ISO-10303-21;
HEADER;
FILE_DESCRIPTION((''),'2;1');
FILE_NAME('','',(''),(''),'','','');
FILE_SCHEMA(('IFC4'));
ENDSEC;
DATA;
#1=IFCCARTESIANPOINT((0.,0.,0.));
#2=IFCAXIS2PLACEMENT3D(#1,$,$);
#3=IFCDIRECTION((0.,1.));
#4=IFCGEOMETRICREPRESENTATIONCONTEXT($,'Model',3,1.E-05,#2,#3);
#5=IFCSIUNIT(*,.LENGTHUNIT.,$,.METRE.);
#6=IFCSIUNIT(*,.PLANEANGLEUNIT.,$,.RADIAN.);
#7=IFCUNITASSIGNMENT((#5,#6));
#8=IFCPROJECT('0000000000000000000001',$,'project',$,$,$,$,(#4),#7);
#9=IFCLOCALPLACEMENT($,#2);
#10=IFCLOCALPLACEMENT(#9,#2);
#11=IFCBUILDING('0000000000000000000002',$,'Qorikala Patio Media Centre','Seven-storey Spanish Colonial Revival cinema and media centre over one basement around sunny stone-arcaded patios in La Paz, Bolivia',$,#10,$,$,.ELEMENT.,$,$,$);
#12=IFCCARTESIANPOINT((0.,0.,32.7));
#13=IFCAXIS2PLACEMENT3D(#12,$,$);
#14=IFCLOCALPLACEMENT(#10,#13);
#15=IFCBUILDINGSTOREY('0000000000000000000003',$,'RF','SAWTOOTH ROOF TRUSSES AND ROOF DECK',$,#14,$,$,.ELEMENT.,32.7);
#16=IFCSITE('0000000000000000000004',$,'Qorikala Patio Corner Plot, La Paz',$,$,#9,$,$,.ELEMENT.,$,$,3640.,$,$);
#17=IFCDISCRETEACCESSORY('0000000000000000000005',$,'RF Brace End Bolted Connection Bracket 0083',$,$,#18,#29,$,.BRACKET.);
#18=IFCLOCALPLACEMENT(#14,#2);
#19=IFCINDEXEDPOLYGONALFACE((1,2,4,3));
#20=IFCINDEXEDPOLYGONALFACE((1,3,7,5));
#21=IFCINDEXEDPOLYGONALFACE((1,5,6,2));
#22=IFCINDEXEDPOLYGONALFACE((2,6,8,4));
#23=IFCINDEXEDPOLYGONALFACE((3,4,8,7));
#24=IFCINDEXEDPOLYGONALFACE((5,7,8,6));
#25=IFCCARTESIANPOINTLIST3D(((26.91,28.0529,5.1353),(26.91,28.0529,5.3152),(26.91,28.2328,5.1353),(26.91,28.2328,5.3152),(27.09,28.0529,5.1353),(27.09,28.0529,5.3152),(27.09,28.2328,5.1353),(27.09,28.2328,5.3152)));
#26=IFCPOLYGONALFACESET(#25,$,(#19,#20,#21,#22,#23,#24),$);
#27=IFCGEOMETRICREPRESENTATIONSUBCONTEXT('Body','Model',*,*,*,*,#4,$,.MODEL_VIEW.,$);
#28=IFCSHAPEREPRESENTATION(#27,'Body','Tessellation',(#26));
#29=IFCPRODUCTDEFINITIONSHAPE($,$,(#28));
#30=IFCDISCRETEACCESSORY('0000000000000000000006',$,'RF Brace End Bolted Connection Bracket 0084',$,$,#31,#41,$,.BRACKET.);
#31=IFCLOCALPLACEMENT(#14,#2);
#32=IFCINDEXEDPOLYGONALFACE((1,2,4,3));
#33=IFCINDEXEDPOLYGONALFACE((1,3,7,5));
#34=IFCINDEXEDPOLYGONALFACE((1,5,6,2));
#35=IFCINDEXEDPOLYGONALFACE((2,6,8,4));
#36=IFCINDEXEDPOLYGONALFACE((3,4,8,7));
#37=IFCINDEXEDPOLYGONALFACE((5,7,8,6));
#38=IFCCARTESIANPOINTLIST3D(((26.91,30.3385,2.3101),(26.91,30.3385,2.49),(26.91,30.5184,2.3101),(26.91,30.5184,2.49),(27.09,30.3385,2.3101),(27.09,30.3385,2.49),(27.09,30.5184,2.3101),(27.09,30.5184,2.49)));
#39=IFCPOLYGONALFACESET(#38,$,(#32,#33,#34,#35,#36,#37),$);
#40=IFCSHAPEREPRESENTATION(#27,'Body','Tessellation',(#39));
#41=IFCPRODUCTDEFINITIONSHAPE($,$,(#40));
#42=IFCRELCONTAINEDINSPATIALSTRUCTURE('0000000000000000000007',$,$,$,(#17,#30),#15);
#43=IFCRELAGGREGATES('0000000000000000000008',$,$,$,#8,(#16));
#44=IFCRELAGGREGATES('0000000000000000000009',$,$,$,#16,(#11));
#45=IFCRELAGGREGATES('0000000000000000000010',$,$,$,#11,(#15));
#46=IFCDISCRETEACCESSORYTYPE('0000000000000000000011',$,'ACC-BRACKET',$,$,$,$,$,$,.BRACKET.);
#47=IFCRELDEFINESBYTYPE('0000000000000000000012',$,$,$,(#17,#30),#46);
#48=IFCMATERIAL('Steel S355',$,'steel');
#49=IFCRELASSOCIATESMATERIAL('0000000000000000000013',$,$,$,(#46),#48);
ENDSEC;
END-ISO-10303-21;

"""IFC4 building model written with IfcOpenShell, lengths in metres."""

from ifc_helpers import new_model, si_unit, direction, frame, origin, origin_2d, place, context, subcontext, project, spatial, rectangle, extrude, material, type_object, element, save


model = new_model("IFC4")

# Units and contexts
model_context = context("Model", 3, precision=1e-05, world=origin(), true_north=direction((0.0, 1.0)))
body_context = subcontext(model_context, "Body", "Model", "MODEL_VIEW")
ifc_project = project(units=[si_unit("LENGTHUNIT", "METRE"), si_unit("PLANEANGLEUNIT", "RADIAN")], contexts=[model_context])

# Site, building, storey
site_placement = place(None, origin())
site = spatial("IfcSite", under=ifc_project, at=site_placement, Name="Qorikala Patio Corner Plot, La Paz", CompositionType="ELEMENT", RefElevation=3640.0)
building_placement = place(site_placement, origin())
building = spatial("IfcBuilding", under=site, at=building_placement, Name="Qorikala Patio Media Centre", Description="Seven-storey Spanish Colonial Revival cinema and media centre over one basement around sunny stone-arcaded patios in La Paz, Bolivia", CompositionType="ELEMENT")
storey_placement = place(building_placement, frame((0.0, 0.0, 32.7)))
storey = spatial("IfcBuildingStorey", under=building, at=storey_placement, Name="RF", Description="SAWTOOTH ROOF TRUSSES AND ROOF DECK", CompositionType="ELEMENT", Elevation=32.7)

# Shared definitions
ifc_material_1 = material(Name="Steel S355", Category="steel")

# Discrete accessories
discrete_accessory_type = type_object("IfcDiscreteAccessoryType", Name="ACC-BRACKET", PredefinedType="BRACKET", material=ifc_material_1)
for number, where, z_axis, x_axis, name in (
    (1, (27.0, 28.1428, 5.1353), (0.0, 0.0, 1.0), (1.0, 0.0, 0.0), "RF Brace End Bolted Connection Bracket 0083"),
    (2, (27.0, 30.4285, 2.3101), (0.0, 0.0, 1.0), (1.0, 0.0, 0.0), "RF Brace End Bolted Connection Bracket 0084"),
):
    element("IfcDiscreteAccessory", number, at=place(storey_placement, frame(where, z_axis=z_axis, x_axis=x_axis)), inside=storey, type_object=discrete_accessory_type, Name=name, PredefinedType="BRACKET", context=body_context, shape_type="SweptSolid", body=[
        extrude(rectangle(XDim=0.1799, YDim=0.1799, at=origin_2d()), origin(), (0.0, 0.0, 1.0), 0.1799),
    ])

save(model, "model.ifc")
